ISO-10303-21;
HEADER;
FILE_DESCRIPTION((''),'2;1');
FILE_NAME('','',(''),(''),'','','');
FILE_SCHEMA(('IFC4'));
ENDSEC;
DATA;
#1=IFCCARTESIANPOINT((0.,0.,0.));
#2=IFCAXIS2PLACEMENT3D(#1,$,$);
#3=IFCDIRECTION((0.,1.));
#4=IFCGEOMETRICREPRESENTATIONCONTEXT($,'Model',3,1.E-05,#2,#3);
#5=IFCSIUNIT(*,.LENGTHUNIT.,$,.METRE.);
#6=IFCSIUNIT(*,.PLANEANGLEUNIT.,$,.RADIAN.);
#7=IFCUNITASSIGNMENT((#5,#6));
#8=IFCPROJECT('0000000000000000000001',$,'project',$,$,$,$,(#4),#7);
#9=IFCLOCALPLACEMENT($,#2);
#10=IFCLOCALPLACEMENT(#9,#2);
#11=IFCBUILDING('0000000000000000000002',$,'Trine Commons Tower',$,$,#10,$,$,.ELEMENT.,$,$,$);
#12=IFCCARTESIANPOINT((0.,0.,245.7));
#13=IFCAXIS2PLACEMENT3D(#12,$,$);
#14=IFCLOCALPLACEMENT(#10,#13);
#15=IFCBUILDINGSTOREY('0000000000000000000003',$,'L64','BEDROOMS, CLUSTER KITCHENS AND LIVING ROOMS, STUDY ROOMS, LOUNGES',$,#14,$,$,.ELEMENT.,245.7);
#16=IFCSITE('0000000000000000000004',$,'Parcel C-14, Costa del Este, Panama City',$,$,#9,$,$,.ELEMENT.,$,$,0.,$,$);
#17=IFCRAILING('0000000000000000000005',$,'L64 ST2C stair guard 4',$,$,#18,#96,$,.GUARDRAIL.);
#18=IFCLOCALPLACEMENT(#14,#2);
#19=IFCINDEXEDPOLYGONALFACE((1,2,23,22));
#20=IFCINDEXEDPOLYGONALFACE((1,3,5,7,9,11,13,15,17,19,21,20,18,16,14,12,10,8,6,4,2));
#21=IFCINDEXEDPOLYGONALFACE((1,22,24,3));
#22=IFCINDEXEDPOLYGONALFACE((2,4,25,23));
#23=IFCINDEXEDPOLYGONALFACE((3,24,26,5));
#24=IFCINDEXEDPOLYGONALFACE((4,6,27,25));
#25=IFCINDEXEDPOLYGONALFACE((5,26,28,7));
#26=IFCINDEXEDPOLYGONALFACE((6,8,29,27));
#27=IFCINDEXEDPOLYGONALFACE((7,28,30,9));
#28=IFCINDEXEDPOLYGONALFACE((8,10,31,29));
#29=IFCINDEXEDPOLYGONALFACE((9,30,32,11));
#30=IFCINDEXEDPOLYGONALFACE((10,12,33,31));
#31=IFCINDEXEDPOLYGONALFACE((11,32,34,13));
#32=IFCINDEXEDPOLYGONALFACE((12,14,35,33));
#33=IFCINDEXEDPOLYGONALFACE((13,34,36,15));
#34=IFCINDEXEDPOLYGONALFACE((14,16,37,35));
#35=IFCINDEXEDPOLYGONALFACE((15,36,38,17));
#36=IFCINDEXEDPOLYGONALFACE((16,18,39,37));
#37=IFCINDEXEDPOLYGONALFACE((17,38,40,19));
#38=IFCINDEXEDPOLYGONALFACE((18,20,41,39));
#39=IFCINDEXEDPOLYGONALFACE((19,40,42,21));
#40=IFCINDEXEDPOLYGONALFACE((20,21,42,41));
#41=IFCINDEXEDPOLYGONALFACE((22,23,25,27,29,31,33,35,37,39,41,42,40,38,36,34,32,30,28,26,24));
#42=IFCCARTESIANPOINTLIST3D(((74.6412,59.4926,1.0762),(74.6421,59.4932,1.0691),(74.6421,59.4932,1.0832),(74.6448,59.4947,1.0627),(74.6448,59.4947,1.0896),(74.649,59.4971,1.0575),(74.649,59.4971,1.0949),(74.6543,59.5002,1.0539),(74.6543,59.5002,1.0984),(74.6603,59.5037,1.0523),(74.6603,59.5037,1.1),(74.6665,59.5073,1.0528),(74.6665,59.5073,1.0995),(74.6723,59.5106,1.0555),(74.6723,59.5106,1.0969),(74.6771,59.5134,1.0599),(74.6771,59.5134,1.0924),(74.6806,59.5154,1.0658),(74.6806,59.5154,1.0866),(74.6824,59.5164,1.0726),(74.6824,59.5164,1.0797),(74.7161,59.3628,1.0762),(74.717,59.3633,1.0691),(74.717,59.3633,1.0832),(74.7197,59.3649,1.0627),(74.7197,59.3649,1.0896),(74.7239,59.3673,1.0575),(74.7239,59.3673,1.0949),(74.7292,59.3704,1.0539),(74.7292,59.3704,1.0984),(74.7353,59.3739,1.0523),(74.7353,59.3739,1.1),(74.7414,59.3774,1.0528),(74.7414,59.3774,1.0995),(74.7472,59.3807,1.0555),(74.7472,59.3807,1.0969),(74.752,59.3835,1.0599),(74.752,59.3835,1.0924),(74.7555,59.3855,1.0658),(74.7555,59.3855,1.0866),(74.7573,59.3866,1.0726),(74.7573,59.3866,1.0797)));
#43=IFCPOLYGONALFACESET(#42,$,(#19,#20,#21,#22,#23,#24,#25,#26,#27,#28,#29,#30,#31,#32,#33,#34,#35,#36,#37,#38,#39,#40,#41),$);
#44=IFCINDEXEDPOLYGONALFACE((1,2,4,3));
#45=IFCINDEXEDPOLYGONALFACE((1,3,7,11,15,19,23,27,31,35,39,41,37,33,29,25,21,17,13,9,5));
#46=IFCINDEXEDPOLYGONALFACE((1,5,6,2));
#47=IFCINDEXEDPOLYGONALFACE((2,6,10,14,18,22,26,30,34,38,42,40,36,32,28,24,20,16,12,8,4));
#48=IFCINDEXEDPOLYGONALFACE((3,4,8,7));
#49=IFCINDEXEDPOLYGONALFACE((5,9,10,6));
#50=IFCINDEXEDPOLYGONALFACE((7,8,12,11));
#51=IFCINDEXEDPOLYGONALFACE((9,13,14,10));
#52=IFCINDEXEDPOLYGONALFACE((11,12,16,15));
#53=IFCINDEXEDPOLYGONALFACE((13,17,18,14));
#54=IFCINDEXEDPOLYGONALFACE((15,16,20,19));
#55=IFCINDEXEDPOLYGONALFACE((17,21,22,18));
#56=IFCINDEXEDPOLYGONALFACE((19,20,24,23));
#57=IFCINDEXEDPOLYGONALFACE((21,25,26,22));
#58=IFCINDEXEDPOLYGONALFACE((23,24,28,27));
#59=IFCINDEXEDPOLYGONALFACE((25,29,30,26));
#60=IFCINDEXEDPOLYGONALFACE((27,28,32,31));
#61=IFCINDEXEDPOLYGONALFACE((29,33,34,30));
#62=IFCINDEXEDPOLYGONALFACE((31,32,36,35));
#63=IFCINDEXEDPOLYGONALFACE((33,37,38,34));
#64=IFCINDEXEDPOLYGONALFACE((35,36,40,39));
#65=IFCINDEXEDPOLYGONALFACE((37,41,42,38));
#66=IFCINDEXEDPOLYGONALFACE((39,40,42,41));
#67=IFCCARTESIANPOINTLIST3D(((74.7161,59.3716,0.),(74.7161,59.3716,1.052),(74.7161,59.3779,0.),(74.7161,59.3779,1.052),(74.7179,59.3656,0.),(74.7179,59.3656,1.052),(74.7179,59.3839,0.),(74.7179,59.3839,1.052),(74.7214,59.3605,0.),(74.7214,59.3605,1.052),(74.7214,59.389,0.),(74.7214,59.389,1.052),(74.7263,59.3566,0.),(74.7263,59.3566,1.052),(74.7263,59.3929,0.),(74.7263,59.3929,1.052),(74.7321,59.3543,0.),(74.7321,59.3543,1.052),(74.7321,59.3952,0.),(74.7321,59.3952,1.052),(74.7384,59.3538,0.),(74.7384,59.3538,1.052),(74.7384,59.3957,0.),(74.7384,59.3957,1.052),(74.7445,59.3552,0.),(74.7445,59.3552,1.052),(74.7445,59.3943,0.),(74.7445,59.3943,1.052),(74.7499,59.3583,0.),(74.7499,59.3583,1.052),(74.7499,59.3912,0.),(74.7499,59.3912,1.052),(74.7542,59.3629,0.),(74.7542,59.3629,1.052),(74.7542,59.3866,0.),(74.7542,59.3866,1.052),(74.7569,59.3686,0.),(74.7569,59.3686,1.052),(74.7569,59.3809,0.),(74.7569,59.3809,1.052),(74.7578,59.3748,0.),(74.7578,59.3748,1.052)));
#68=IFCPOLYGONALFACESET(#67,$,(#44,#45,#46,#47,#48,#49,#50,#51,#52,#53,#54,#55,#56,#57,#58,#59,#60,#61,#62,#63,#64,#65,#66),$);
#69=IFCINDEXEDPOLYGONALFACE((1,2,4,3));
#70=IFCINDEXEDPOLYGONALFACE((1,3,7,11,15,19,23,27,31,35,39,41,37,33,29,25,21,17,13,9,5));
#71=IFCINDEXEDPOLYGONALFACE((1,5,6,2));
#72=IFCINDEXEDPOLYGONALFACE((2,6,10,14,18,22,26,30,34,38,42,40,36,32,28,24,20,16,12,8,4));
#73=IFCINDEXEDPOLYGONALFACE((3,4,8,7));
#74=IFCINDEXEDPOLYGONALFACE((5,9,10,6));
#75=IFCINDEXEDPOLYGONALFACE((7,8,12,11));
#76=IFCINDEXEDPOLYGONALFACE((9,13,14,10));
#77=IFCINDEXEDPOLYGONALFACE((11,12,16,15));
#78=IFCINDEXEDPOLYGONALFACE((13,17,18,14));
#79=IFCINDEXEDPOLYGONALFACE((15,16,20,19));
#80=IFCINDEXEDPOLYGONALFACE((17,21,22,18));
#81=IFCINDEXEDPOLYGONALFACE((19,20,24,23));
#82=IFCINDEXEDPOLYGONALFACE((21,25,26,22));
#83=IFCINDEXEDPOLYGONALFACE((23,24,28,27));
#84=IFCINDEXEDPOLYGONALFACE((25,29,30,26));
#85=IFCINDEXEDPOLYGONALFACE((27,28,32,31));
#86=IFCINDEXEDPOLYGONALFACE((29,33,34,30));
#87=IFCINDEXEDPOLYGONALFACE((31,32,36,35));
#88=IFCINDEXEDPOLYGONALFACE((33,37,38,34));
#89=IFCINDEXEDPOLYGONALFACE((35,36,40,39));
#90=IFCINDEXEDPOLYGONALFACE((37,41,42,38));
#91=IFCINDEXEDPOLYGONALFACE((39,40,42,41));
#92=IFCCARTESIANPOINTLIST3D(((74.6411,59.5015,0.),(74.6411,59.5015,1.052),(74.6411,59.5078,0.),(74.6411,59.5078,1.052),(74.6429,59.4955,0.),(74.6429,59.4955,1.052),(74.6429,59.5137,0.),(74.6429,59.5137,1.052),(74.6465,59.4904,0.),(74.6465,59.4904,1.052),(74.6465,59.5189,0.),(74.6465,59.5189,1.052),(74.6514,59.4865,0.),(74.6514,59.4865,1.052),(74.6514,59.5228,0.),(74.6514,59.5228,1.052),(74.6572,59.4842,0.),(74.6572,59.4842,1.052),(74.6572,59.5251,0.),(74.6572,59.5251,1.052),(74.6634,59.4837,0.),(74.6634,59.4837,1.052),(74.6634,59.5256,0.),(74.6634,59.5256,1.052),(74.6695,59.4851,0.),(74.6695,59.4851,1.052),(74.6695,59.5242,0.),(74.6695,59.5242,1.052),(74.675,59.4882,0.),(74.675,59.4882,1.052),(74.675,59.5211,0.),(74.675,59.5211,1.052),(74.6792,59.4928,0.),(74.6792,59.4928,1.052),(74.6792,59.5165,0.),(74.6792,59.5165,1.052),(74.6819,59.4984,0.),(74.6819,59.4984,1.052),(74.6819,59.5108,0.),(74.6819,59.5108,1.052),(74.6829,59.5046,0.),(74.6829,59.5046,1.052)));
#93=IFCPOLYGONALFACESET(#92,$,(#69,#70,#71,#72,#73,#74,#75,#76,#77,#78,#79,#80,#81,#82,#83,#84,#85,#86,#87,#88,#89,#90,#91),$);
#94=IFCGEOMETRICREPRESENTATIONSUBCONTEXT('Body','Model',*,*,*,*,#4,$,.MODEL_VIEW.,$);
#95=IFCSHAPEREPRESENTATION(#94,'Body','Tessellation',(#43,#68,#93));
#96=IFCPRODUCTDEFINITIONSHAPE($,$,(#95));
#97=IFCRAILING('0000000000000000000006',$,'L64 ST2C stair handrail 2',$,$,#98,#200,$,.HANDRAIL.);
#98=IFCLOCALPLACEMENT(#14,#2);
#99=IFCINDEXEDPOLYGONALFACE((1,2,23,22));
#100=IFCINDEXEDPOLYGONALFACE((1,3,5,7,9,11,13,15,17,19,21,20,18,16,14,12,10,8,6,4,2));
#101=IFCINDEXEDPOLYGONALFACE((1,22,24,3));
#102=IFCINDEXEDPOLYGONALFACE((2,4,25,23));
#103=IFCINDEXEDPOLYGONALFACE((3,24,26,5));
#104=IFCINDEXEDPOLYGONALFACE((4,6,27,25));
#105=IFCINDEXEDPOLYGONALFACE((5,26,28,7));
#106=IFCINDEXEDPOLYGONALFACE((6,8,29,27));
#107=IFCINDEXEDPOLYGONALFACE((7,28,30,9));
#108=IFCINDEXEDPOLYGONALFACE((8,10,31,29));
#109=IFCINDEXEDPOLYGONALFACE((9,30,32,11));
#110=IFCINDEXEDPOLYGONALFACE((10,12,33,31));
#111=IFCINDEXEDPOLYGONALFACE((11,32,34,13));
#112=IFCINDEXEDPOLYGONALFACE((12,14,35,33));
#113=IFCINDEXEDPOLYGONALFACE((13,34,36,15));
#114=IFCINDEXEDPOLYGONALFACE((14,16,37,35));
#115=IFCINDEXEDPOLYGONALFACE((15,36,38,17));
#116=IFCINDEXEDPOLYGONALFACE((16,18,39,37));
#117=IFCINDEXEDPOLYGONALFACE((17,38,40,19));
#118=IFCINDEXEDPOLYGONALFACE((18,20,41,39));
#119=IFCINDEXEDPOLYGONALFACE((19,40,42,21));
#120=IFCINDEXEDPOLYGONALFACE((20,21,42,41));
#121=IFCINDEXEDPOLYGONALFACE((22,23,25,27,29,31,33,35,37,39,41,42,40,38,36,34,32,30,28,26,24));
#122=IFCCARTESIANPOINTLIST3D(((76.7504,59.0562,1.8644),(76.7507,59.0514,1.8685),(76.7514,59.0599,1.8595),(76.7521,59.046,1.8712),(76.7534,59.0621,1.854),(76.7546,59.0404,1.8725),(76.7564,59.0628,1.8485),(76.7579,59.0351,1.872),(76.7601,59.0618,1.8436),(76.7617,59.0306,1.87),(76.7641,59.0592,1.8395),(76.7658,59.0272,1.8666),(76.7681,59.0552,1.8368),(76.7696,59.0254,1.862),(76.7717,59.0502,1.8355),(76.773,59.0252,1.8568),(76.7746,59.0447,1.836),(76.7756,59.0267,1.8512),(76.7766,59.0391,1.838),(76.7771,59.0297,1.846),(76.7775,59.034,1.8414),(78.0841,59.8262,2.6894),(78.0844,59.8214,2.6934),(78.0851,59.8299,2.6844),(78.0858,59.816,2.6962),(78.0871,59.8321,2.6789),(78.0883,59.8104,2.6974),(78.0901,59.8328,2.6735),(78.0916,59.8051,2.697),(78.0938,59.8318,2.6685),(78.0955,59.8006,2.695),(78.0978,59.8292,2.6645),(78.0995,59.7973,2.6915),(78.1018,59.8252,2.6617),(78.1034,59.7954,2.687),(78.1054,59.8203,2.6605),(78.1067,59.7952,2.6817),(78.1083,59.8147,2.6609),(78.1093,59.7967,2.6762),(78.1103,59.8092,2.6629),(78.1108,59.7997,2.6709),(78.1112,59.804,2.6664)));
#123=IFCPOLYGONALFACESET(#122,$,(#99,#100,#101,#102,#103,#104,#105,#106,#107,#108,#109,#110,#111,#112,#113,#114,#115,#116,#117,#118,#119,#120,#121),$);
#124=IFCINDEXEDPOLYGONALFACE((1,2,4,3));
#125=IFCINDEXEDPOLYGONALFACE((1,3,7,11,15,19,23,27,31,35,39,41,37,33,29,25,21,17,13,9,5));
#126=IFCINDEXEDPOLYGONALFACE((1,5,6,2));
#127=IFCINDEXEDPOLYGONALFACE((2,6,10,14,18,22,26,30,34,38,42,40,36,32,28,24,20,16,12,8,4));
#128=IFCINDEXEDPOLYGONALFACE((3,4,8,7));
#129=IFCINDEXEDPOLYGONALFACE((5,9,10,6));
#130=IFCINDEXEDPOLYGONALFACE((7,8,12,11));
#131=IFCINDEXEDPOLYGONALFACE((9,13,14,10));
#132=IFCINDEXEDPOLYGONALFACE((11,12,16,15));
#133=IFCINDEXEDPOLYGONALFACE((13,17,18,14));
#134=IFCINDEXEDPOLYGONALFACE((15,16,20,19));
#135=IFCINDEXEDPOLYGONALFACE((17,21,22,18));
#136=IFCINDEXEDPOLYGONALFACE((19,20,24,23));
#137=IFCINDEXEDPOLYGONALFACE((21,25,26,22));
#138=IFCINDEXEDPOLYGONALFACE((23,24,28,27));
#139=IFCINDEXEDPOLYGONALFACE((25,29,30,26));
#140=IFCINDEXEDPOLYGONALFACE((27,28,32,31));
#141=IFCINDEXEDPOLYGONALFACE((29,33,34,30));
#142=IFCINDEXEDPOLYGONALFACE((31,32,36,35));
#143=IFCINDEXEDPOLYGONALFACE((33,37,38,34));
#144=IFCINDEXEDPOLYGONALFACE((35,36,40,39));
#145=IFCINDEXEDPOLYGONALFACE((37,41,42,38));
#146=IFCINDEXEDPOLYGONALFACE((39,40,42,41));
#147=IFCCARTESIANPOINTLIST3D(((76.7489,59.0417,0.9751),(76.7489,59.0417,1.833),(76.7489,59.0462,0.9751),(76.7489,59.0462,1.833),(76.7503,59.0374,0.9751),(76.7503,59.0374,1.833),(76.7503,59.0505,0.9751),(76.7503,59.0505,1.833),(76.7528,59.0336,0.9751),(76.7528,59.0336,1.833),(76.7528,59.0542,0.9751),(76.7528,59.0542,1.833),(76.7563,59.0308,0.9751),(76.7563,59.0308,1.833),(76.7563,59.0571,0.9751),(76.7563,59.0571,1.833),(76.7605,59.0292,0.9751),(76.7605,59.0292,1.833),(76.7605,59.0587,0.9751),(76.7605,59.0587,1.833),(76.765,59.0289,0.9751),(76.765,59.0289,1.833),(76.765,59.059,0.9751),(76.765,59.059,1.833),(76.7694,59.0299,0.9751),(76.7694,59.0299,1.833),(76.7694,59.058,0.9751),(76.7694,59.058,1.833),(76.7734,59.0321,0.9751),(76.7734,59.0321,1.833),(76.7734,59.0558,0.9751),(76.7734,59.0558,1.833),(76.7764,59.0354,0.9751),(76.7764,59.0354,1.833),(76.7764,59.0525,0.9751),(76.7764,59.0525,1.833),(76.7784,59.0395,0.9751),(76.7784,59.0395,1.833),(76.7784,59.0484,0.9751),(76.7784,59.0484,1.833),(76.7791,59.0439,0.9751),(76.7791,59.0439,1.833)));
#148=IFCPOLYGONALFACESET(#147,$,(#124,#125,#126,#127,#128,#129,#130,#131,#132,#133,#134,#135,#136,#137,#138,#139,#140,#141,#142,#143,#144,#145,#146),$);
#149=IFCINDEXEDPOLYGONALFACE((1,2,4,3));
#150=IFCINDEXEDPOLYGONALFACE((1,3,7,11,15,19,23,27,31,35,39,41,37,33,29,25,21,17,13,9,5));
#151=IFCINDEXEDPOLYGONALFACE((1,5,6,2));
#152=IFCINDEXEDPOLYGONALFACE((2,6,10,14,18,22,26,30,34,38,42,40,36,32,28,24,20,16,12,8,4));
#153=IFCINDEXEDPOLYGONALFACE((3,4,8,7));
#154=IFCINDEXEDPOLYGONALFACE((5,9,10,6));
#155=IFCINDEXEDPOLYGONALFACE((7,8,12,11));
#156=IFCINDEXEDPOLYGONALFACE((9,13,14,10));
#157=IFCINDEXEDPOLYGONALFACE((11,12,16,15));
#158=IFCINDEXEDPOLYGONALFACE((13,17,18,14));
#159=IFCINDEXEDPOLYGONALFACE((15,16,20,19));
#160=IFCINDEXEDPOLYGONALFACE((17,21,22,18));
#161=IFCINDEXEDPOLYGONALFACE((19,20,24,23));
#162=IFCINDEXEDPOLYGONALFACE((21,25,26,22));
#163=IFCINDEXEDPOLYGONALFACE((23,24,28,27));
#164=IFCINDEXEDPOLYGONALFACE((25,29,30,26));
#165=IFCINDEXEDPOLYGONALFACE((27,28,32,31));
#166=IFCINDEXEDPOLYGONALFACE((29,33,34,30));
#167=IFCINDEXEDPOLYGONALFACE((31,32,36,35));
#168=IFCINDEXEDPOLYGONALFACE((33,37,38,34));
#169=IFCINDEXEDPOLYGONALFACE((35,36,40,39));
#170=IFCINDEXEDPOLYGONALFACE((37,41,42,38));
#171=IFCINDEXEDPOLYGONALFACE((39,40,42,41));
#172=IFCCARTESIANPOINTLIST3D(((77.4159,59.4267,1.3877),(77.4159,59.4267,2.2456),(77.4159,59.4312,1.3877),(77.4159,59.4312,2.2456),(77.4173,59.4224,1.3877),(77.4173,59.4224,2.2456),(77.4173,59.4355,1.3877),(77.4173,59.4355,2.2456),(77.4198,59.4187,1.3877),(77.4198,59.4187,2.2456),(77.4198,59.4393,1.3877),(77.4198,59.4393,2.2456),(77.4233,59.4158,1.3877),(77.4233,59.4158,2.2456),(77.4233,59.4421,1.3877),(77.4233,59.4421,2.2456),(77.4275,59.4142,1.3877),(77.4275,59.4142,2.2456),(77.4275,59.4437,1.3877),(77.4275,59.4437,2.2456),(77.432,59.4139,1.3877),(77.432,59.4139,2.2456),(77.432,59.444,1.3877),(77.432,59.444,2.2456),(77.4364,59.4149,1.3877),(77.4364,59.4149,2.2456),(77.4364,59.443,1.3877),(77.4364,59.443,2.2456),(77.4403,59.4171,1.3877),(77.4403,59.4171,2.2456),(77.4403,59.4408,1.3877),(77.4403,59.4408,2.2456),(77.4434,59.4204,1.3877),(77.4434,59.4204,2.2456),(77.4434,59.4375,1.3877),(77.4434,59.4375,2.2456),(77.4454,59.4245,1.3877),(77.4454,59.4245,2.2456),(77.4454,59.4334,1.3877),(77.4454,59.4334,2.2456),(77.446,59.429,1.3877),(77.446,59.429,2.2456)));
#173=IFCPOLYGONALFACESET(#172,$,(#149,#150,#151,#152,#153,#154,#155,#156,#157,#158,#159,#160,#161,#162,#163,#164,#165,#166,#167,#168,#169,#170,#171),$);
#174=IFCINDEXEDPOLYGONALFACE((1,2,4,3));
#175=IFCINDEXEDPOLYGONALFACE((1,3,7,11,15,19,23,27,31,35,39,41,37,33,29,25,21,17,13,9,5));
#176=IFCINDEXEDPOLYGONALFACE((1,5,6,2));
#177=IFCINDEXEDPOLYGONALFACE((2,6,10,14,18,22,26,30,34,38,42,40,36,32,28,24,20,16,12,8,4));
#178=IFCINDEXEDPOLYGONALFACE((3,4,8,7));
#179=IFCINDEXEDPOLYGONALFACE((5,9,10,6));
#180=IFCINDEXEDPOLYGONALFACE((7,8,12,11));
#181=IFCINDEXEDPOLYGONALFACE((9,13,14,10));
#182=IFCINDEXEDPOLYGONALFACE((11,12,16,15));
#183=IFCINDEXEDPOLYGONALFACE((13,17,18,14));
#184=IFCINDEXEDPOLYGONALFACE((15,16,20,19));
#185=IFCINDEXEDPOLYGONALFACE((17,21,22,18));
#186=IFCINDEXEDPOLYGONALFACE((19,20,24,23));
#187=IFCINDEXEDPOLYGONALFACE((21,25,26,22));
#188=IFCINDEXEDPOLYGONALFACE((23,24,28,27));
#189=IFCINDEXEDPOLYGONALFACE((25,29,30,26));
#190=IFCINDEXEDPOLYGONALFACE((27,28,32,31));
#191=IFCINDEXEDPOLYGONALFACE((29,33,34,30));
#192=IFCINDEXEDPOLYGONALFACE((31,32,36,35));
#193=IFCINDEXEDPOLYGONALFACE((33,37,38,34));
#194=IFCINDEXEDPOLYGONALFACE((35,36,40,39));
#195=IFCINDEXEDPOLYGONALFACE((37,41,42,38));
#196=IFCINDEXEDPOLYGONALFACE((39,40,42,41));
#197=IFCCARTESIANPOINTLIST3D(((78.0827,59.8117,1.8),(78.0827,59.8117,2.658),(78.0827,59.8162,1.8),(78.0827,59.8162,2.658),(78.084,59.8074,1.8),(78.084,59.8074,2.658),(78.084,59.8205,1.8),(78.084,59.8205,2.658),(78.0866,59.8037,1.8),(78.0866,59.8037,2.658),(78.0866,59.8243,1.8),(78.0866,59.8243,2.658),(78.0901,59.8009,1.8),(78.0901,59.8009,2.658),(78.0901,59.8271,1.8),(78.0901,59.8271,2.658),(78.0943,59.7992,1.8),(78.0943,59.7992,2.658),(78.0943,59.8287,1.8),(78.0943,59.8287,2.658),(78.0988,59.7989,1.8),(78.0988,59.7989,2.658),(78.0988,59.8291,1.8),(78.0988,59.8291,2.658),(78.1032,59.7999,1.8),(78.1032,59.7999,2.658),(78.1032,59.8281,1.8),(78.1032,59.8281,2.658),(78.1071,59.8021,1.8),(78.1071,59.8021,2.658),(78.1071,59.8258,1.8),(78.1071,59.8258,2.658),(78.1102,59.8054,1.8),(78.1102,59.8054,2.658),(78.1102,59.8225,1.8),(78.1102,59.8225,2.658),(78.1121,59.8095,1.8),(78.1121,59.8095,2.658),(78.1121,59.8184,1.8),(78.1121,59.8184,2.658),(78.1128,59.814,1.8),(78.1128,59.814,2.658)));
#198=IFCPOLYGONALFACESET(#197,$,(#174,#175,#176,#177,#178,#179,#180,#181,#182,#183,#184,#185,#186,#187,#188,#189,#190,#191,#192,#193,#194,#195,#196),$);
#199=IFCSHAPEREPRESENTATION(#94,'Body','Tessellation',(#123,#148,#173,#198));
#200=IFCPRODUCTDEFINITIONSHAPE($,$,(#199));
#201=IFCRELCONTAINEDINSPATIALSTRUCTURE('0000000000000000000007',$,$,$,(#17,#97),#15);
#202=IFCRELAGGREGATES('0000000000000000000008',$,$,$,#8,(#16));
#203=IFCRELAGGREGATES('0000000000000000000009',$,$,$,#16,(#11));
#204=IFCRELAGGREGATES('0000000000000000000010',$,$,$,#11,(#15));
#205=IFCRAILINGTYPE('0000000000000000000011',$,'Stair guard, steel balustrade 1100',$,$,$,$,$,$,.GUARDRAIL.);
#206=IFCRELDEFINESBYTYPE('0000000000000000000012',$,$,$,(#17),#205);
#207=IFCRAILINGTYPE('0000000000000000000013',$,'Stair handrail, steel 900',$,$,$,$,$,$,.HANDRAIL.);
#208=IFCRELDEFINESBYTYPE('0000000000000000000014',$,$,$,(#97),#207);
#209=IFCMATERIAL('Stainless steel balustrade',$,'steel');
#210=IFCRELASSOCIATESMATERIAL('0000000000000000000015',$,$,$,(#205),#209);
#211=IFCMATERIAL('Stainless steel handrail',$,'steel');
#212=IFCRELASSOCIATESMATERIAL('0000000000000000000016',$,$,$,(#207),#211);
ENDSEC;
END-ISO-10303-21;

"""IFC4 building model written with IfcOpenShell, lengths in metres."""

from ifc_helpers import new_model, si_unit, direction, frame, origin, origin_2d, place, context, subcontext, project, spatial, circle, extrude, material, type_object, element, save


model = new_model("IFC4")

# Units and contexts
model_context = context("Model", 3, precision=1e-05, world=origin(), true_north=direction((0.0, 1.0)))
body_context = subcontext(model_context, "Body", "Model", "MODEL_VIEW")
ifc_project = project(units=[si_unit("LENGTHUNIT", "METRE"), si_unit("PLANEANGLEUNIT", "RADIAN")], contexts=[model_context])

# Site, building, storey
site_placement = place(None, origin())
site = spatial("IfcSite", under=ifc_project, at=site_placement, Name="Parcel C-14, Costa del Este, Panama City", CompositionType="ELEMENT", RefElevation=0.0)
building_placement = place(site_placement, origin())
building = spatial("IfcBuilding", under=site, at=building_placement, Name="Trine Commons Tower", CompositionType="ELEMENT")
storey_placement = place(building_placement, frame((0.0, 0.0, 245.7)))
storey = spatial("IfcBuildingStorey", under=building, at=storey_placement, Name="L64", Description="BEDROOMS, CLUSTER KITCHENS AND LIVING ROOMS, STUDY ROOMS, LOUNGES", CompositionType="ELEMENT", Elevation=245.7)

# Railings
ifc_material_1 = material(Name="Stainless steel balustrade", Category="steel")
railing_type_1 = type_object("IfcRailingType", Name="Stair guard, steel balustrade 1100", PredefinedType="GUARDRAIL", material=ifc_material_1)
railing_1_placement = place(storey_placement, frame((74.7368, 59.3748, 0.0)))
element("IfcRailing", 1, at=railing_1_placement, inside=storey, type_object=railing_type_1, Name="L64 ST2C stair guard 4", PredefinedType="GUARDRAIL", context=body_context, shape_type="SweptSolid", body=[
    extrude(circle(Radius=0.0239, at=origin_2d()), frame((0.0, 0.0, 1.0762), z_axis=(-0.499816, 0.866131, 0.0), x_axis=(-0.866131, -0.499816, 0.0)), (0.0, 0.0, 1.0), 0.1499),
    extrude(circle(Radius=0.021, at=origin_2d()), origin(), (0.0, 0.0, 1.0), 1.052),
    extrude(circle(Radius=0.021, at=origin_2d()), frame((-0.075, 0.1299, 0.0)), (0.0, 0.0, 1.0), 1.052),
])
ifc_material_2 = material(Name="Stainless steel handrail", Category="steel")
railing_type_2 = type_object("IfcRailingType", Name="Stair handrail, steel 900", PredefinedType="HANDRAIL", material=ifc_material_2)
railing_2_placement = place(storey_placement, frame((76.7639, 59.0439, 0.9751)))
element("IfcRailing", 2, at=railing_2_placement, inside=storey, type_object=railing_type_2, Name="L64 ST2C stair handrail 2", PredefinedType="HANDRAIL", context=body_context, shape_type="SweptSolid", body=[
    extrude(circle(Radius=0.021, at=origin_2d()), frame((0.0, 0.0, 0.8789), z_axis=(0.763405, 0.440743, 0.472185), x_axis=(-0.499992, 0.86603, 0.0)), (0.0, 0.0, 1.0), 1.7471),
    extrude(circle(Radius=0.0151, at=origin_2d()), origin(), (0.0, 0.0, 1.0), 0.8579),
    extrude(circle(Radius=0.0151, at=origin_2d()), frame((0.667, 0.385, 0.4126)), (0.0, 0.0, 1.0), 0.8579),
    extrude(circle(Radius=0.0151, at=origin_2d()), frame((1.3337, 0.77, 0.825)), (0.0, 0.0, 1.0), 0.8579),
])

save(model, "model.ifc")
